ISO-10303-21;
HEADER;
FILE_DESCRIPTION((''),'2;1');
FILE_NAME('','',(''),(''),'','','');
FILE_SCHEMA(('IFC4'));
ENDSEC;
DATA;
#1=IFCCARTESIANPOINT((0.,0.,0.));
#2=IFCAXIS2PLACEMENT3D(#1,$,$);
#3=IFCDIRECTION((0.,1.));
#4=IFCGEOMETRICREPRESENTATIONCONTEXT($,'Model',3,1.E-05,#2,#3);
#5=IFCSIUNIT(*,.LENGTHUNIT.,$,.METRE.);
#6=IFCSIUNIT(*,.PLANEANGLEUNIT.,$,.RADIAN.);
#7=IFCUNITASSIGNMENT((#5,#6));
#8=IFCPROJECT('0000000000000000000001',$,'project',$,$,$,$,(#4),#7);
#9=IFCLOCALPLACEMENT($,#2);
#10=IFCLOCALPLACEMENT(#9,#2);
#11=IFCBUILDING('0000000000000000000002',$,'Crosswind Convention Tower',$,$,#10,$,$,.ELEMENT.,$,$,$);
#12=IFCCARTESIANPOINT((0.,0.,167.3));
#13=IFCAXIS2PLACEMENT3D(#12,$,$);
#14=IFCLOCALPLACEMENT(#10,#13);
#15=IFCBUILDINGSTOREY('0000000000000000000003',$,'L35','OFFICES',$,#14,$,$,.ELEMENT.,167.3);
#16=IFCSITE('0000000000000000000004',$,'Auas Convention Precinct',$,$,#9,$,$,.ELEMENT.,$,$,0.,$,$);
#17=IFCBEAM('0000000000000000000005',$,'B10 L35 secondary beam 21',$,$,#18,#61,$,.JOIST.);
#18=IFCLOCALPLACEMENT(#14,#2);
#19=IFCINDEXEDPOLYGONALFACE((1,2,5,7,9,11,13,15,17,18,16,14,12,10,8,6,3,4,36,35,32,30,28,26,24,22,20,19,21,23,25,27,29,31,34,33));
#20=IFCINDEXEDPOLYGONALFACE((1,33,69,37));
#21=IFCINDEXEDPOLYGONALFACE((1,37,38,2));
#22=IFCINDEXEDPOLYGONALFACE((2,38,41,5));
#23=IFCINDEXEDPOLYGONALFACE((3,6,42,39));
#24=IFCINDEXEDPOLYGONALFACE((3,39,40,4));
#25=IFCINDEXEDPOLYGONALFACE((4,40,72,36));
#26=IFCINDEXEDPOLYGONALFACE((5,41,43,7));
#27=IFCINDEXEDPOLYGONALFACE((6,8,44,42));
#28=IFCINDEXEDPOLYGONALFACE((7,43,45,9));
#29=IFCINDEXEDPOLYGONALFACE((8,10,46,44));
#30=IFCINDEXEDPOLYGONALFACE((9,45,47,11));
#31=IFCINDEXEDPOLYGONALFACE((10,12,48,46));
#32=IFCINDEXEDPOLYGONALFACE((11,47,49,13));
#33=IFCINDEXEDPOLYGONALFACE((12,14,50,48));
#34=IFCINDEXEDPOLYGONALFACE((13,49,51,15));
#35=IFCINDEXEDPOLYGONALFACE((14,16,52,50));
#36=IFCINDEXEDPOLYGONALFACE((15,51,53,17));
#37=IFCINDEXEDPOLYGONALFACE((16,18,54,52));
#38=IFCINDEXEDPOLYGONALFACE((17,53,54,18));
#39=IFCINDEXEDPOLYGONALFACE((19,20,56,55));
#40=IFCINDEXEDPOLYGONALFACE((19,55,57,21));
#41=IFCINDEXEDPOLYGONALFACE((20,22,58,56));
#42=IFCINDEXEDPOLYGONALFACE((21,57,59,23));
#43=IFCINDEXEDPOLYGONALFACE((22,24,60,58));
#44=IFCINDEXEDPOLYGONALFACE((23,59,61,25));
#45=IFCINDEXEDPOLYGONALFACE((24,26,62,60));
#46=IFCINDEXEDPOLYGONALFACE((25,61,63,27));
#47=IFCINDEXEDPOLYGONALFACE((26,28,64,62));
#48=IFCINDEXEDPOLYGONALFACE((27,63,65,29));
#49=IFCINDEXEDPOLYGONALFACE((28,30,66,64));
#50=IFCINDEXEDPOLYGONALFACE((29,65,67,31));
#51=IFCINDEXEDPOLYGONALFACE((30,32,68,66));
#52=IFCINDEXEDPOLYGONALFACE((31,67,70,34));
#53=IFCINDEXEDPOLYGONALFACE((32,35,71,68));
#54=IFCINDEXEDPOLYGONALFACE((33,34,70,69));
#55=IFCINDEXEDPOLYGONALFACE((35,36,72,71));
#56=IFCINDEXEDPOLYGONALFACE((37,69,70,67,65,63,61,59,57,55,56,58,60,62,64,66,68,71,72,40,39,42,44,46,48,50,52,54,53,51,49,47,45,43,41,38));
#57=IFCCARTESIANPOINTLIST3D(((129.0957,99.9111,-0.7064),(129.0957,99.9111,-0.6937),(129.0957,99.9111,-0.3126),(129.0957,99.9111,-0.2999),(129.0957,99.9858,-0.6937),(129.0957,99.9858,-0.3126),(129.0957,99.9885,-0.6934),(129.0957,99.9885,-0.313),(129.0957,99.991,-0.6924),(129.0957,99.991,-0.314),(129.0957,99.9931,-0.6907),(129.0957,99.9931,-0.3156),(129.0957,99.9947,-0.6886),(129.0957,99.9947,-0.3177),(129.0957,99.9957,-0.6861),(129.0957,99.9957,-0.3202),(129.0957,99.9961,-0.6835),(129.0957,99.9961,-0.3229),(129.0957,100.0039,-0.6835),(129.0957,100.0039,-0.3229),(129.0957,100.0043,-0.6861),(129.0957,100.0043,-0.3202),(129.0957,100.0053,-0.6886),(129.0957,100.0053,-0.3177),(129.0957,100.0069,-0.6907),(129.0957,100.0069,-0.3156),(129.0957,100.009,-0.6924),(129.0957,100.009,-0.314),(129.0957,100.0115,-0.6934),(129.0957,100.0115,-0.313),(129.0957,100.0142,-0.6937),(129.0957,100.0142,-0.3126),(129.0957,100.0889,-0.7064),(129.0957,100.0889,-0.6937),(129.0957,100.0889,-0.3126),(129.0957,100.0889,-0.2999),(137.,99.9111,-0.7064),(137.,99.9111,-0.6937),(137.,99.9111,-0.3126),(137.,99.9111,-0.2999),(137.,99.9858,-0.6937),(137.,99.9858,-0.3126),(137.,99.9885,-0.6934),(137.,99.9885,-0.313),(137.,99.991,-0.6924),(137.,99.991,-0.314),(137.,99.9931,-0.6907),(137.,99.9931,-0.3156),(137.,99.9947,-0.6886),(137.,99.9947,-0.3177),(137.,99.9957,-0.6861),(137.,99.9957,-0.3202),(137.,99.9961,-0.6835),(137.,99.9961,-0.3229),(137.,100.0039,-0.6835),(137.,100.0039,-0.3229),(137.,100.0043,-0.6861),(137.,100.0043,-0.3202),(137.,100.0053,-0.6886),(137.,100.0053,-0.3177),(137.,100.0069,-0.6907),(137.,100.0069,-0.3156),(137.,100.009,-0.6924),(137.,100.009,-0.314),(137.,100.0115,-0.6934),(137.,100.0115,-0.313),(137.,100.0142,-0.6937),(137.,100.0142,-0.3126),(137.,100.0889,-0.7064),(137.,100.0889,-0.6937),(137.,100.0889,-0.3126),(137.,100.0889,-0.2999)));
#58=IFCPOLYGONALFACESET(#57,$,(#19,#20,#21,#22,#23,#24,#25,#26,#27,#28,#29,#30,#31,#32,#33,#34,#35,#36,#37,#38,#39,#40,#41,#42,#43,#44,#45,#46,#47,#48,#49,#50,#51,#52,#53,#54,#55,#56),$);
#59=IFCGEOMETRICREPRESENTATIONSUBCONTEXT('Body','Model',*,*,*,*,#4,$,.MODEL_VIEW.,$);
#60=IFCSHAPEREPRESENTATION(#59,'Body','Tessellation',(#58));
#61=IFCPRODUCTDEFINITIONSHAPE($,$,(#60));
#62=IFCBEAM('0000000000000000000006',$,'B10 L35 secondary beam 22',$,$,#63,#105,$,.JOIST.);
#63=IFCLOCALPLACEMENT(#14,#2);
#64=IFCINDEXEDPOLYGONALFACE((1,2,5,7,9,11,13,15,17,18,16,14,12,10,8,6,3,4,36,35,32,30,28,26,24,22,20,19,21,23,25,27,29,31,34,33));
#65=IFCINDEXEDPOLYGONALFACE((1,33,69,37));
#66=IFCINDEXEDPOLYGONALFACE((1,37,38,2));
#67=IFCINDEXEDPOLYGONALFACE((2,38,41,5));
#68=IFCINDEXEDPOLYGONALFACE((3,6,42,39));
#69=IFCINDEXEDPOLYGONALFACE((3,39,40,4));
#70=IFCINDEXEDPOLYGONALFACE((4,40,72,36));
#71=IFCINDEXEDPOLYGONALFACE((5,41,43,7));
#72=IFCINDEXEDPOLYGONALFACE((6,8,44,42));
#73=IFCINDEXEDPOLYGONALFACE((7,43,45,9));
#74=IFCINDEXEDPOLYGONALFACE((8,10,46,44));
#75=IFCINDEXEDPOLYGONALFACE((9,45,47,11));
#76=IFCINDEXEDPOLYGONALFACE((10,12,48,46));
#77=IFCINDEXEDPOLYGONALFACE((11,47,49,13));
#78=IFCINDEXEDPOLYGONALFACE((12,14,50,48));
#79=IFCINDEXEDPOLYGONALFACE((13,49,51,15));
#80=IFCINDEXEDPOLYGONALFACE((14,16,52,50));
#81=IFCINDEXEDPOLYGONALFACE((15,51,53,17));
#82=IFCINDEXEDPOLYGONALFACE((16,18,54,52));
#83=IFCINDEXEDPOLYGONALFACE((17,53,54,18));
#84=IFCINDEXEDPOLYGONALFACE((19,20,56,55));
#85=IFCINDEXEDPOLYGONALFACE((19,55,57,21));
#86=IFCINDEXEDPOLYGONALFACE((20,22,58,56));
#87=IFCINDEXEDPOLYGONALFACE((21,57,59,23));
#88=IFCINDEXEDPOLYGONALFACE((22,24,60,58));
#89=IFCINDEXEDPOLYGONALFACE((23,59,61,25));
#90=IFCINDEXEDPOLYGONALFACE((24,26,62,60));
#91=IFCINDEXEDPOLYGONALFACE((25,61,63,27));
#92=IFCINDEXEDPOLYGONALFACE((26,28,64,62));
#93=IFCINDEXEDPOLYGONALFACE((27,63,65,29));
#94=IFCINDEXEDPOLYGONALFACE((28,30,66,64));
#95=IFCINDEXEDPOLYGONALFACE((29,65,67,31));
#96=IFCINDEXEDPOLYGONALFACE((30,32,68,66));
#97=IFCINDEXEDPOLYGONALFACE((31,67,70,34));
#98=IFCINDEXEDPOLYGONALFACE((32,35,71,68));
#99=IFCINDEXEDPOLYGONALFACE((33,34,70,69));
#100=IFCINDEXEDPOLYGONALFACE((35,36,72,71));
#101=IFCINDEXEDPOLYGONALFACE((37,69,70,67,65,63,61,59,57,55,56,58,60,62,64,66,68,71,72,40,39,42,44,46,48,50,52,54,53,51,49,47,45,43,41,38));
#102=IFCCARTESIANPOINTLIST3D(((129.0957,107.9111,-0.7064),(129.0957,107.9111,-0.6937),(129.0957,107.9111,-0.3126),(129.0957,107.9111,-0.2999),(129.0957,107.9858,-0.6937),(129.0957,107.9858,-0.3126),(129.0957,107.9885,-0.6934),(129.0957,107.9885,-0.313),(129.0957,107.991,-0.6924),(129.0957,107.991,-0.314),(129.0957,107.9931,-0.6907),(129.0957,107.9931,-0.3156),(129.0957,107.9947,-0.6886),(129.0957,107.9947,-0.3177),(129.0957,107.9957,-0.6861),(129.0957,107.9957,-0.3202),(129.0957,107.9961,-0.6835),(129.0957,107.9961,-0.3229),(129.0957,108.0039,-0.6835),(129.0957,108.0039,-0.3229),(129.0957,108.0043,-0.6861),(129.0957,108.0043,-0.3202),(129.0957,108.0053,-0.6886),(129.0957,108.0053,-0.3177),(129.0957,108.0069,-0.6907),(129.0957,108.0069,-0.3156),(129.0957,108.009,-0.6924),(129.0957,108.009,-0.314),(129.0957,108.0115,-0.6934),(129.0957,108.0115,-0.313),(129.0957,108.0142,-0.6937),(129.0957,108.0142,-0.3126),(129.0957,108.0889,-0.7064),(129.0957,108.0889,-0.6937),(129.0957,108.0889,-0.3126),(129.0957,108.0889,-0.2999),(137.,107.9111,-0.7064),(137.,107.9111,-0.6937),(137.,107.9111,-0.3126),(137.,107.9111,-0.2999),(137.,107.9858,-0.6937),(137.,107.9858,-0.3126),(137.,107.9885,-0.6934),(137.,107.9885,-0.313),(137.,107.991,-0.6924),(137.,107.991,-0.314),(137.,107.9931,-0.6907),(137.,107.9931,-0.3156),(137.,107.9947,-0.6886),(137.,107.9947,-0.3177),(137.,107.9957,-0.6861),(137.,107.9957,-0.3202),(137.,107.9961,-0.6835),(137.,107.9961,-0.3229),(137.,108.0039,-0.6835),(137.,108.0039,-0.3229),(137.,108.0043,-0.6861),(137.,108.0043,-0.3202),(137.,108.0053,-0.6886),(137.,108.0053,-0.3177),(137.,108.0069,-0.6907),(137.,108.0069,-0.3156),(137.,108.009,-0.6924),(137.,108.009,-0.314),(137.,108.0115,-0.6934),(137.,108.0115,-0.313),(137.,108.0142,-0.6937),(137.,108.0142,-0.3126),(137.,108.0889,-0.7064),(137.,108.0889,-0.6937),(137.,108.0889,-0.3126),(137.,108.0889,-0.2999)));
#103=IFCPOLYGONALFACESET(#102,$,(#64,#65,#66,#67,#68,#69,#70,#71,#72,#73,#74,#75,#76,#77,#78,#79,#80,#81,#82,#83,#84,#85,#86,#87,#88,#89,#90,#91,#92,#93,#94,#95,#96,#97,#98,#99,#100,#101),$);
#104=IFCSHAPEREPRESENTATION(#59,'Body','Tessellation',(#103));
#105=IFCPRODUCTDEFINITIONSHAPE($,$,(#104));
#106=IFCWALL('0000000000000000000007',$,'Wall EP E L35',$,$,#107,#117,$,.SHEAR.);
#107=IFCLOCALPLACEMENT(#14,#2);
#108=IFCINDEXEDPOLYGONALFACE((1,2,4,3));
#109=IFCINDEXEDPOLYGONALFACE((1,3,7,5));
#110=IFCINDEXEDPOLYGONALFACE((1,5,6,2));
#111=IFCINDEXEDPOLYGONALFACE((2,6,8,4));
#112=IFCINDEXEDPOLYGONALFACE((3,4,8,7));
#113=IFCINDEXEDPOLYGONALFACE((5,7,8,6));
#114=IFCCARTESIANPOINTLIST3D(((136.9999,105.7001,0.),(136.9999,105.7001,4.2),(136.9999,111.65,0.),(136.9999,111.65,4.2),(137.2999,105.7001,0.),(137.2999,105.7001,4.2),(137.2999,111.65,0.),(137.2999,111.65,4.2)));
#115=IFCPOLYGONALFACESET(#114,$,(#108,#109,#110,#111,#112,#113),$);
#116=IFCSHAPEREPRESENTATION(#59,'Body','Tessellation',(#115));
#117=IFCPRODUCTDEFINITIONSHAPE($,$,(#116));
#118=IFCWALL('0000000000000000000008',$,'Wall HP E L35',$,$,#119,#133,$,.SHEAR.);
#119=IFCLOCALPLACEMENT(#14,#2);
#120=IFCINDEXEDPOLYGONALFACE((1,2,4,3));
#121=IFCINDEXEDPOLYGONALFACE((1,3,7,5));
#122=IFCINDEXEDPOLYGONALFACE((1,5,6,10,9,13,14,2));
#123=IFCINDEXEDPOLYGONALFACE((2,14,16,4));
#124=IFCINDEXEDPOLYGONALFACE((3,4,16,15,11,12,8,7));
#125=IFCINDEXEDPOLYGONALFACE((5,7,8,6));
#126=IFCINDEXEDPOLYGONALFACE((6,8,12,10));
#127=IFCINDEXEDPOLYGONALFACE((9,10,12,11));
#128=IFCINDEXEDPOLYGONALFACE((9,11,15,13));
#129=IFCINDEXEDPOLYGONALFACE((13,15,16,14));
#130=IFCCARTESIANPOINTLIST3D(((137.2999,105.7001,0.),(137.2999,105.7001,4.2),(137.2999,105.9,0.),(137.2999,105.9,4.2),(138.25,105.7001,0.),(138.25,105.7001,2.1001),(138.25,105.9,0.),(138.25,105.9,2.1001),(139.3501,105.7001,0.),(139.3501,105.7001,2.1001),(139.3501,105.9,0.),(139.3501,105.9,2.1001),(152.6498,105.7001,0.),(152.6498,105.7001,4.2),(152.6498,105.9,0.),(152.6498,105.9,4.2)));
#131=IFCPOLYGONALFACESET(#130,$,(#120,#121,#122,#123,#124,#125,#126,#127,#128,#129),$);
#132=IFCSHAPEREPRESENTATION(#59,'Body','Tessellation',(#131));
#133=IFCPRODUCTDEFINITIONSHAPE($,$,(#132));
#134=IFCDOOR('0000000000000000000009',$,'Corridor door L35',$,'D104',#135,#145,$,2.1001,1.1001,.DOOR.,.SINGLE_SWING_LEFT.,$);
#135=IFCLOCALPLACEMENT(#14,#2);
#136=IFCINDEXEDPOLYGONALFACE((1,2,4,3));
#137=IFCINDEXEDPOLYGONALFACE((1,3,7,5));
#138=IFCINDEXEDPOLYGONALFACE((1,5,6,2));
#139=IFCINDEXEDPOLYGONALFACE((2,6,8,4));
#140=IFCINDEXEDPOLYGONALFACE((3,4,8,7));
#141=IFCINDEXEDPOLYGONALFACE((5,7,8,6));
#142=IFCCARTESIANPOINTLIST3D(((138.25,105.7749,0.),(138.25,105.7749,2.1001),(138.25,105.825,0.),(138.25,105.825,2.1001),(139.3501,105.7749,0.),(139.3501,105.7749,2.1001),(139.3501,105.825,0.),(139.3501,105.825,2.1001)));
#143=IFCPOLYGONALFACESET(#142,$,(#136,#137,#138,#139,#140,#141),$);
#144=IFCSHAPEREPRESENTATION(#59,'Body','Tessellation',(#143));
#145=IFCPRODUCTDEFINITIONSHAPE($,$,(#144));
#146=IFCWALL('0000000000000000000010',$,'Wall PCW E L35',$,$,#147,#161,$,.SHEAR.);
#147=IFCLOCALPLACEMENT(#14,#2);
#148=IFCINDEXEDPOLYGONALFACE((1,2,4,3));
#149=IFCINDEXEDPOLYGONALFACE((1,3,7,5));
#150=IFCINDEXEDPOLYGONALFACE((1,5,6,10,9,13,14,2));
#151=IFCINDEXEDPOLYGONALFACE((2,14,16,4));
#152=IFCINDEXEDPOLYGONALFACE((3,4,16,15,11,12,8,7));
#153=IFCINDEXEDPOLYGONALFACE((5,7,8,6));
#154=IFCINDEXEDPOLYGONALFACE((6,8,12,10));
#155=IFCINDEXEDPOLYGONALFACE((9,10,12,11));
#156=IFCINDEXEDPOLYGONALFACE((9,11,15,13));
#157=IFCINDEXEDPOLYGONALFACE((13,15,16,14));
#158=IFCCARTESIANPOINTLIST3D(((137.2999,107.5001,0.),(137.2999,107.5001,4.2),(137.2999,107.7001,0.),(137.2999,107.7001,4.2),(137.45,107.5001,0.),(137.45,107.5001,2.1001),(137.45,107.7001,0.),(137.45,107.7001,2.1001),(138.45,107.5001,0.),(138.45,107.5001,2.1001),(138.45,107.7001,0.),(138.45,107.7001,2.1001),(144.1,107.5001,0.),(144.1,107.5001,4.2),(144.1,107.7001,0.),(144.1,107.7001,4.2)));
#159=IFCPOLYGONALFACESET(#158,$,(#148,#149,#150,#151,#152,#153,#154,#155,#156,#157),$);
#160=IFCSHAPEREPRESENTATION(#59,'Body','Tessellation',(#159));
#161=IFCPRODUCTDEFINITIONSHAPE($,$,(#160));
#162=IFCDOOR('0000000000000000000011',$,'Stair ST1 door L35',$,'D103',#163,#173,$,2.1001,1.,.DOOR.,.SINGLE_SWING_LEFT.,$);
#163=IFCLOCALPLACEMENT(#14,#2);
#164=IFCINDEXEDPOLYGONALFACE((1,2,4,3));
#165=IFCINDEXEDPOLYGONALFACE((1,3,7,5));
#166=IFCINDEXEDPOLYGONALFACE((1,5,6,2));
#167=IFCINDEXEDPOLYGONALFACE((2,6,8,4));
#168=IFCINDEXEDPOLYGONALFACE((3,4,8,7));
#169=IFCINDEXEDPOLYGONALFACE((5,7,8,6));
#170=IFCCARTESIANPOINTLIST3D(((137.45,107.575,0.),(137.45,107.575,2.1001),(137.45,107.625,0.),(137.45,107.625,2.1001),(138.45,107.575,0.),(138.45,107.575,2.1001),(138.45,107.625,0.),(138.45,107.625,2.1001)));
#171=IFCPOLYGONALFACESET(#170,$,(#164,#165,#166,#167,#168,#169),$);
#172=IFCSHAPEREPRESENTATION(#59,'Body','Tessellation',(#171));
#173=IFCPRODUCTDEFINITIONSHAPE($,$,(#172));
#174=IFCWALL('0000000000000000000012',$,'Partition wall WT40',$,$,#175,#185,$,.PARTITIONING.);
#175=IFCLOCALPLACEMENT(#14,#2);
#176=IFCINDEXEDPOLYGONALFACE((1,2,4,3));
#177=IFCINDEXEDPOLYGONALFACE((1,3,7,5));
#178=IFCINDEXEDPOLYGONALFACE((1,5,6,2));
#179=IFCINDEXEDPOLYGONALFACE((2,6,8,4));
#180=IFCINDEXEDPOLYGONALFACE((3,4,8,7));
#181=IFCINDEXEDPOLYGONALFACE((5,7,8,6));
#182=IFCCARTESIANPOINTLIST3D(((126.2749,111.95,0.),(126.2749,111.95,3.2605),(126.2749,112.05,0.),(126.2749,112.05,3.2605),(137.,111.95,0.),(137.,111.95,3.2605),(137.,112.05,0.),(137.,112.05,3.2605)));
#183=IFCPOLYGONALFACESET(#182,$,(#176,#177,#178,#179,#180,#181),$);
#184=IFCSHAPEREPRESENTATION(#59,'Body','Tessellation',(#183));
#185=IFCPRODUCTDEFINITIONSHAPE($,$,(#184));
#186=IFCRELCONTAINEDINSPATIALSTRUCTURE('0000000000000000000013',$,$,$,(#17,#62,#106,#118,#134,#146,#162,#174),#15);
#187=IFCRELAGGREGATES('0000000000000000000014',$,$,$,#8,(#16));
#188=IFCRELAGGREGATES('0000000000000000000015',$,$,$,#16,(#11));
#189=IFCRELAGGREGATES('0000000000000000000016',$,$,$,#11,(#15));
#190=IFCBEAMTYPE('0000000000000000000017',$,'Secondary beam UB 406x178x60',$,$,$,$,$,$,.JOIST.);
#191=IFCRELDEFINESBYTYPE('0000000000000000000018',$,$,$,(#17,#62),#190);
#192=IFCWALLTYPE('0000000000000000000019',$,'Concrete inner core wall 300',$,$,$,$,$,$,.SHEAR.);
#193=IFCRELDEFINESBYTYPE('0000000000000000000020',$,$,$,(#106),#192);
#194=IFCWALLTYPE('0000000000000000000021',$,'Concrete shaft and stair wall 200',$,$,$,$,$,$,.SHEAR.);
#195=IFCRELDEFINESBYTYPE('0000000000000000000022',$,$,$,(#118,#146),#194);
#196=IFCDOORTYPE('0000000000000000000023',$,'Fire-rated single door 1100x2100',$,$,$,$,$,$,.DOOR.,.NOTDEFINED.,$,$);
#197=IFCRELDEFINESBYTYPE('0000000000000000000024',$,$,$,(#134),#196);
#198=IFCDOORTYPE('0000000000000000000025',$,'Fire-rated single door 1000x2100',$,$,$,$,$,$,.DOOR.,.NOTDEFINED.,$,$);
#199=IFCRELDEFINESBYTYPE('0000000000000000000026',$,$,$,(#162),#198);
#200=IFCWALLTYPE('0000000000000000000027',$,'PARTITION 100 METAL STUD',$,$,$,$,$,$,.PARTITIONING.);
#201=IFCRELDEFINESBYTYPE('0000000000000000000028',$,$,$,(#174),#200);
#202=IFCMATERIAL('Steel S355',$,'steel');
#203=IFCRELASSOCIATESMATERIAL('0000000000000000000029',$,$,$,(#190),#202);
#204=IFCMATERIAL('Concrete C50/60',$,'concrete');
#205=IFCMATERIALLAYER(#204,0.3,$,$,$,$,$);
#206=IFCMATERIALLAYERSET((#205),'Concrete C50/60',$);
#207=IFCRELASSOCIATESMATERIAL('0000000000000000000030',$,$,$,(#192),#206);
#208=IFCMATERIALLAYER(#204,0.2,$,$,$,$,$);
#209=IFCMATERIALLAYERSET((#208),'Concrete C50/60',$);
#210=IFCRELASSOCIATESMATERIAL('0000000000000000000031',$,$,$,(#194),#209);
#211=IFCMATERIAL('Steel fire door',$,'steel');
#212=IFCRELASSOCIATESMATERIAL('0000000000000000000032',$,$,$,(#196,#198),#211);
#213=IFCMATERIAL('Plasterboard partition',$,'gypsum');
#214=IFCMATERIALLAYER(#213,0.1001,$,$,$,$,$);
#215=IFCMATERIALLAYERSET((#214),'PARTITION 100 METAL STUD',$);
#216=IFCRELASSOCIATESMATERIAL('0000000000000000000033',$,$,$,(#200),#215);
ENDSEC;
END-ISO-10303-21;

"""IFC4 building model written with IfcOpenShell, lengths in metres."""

from ifc_helpers import new_model, si_unit, direction, frame, frame_2d, origin, origin_2d, place, context, subcontext, project, spatial, rectangle, i_section, extrude, material, layer, layer_set, material_profile, profile_set, type_object, element, fill, save


model = new_model("IFC4")

# Units and contexts
model_context = context("Model", 3, precision=1e-05, world=origin(), true_north=direction((0.0, 1.0)))
body_context = subcontext(model_context, "Body", "Model", "MODEL_VIEW")
ifc_project = project(units=[si_unit("LENGTHUNIT", "METRE"), si_unit("PLANEANGLEUNIT", "RADIAN")], contexts=[model_context])

# Site, building, storey
site_placement = place(None, origin())
site = spatial("IfcSite", under=ifc_project, at=site_placement, Name="Auas Convention Precinct", CompositionType="ELEMENT", RefElevation=0.0)
building_placement = place(site_placement, origin())
building = spatial("IfcBuilding", under=site, at=building_placement, Name="Crosswind Convention Tower", CompositionType="ELEMENT")
storey_placement = place(building_placement, frame((0.0, 0.0, 167.3)))
storey = spatial("IfcBuildingStorey", under=building, at=storey_placement, Name="L35", Description="OFFICES", CompositionType="ELEMENT", Elevation=167.3)

# Beams
ifc_material_1 = material(Name="Steel S355", Category="steel")
ifc_material_profile_1 = material_profile(ifc_material_1, i_section(OverallWidth=0.1777, OverallDepth=0.4065, WebThickness=0.0078, FlangeThickness=0.0127, FilletRadius=0.0103, at=origin_2d()), Name="UB 406x178x60")
ifc_profile_set_1 = profile_set([ifc_material_profile_1], Name="Steel S355")
beam_type_1 = type_object("IfcBeamType", Name="Secondary beam UB 406x178x60", PredefinedType="JOIST", material=ifc_profile_set_1)
for number, where, z_axis, x_axis, name in (
    (1, (129.0957, 100.0, -0.5032), (1.0, 0.0, 0.0), (0.0, 1.0, 0.0), "B10 L35 secondary beam 21"),
    (2, (129.0957, 108.0, -0.5032), (1.0, 0.0, 0.0), (0.0, 1.0, 0.0), "B10 L35 secondary beam 22"),
):
    element("IfcBeam", number, at=place(storey_placement, frame(where, z_axis=z_axis, x_axis=x_axis)), inside=storey, type_object=beam_type_1, Name=name, PredefinedType="JOIST", context=body_context, shape_type="SweptSolid", body=[
        extrude(i_section(OverallWidth=0.1777, OverallDepth=0.4065, WebThickness=0.0078, FlangeThickness=0.0127, FilletRadius=0.0103, at=origin_2d()), origin(), (0.0, 0.0, 1.0), 7.9043),
    ])

# Wall
ifc_material_2 = material(Name="Concrete C50/60", Category="concrete")
ifc_layer_1 = layer(ifc_material_2, 0.3)
ifc_layer_set_1 = layer_set([ifc_layer_1], Name="Concrete C50/60")
wall_type_1 = type_object("IfcWallType", Name="Concrete inner core wall 300", PredefinedType="SHEAR", material=ifc_layer_set_1)
wall_1_placement = place(storey_placement, frame((137.1499, 105.7, 0.0), z_axis=(0.0, 0.0, 1.0), x_axis=(0.0, 1.0, 0.0)))
element("IfcWall", 3, at=wall_1_placement, inside=storey, type_object=wall_type_1, Name="Wall EP E L35", PredefinedType="SHEAR", context=body_context, shape_type="SweptSolid", body=[
    extrude(rectangle(XDim=5.95, YDim=0.3, at=frame_2d((2.9751, 0.0))), origin(), (0.0, 0.0, 1.0), 4.2),
])

# Walls, openings, doors
ifc_layer_2 = layer(ifc_material_2, 0.2)
ifc_layer_set_2 = layer_set([ifc_layer_2], Name="Concrete C50/60")
wall_type_2 = type_object("IfcWallType", Name="Concrete shaft and stair wall 200", PredefinedType="SHEAR", material=ifc_layer_set_2)
wall_2_placement = place(storey_placement, frame((137.3, 105.8, 0.0), z_axis=(0.0, 0.0, 1.0), x_axis=(1.0, 0.0, 0.0)))
wall_2 = element("IfcWall", 4, at=wall_2_placement, inside=storey, type_object=wall_type_2, Name="Wall HP E L35", PredefinedType="SHEAR", context=body_context, shape_type="SweptSolid", body=[
    extrude(rectangle(XDim=15.3499, YDim=0.2, at=frame_2d((7.6748, 0.0))), origin(), (0.0, 0.0, 1.0), 4.2),
])
opening_1_placement = place(wall_2_placement, frame((0.95, 0.0, 0.0)))
opening_1 = element("IfcOpeningElement", 5, at=opening_1_placement, cuts=wall_2, PredefinedType="OPENING", context=body_context, shape_type="SweptSolid", body=[
    extrude(rectangle(XDim=1.1001, YDim=2.1001, at=frame_2d((0.55, 1.05))), frame((0.0, 0.1099, 0.0), z_axis=(0.0, -1.0, 0.0), x_axis=(1.0, 0.0, 0.0)), (0.0, 0.0, 1.0), 0.22),
])
ifc_material_3 = material(Name="Steel fire door", Category="steel")
door_type_1 = type_object("IfcDoorType", Name="Fire-rated single door 1100x2100", OperationType="NOTDEFINED", PredefinedType="DOOR", material=ifc_material_3)
door_1_placement = place(opening_1_placement, origin())
door_1 = element("IfcDoor", 6, at=door_1_placement, inside=storey, type_object=door_type_1, Name="Corridor door L35", ObjectType="D104", OperationType="SINGLE_SWING_LEFT", OverallHeight=2.1001, OverallWidth=1.1001, PredefinedType="DOOR", context=body_context, shape_type="SweptSolid", body=[
    extrude(rectangle(XDim=1.1001, YDim=2.1001, at=frame_2d((0.55, 1.05))), frame((0.0, 0.0249, 0.0), z_axis=(0.0, -1.0, 0.0), x_axis=(1.0, 0.0, 0.0)), (0.0, 0.0, 1.0), 0.05),
])
fill(opening_1, door_1)
wall_3_placement = place(storey_placement, frame((137.3, 107.6001, 0.0), z_axis=(0.0, 0.0, 1.0), x_axis=(1.0, 0.0, 0.0)))
wall_3 = element("IfcWall", 7, at=wall_3_placement, inside=storey, type_object=wall_type_2, Name="Wall PCW E L35", PredefinedType="SHEAR", context=body_context, shape_type="SweptSolid", body=[
    extrude(rectangle(XDim=6.8, YDim=0.2, at=frame_2d((3.3999, 0.0))), origin(), (0.0, 0.0, 1.0), 4.2),
])
opening_2_placement = place(wall_3_placement, frame((0.1499, 0.0, 0.0)))
opening_2 = element("IfcOpeningElement", 8, at=opening_2_placement, cuts=wall_3, PredefinedType="OPENING", context=body_context, shape_type="SweptSolid", body=[
    extrude(rectangle(XDim=1.0, YDim=2.1001, at=frame_2d((0.5, 1.05))), frame((0.0, 0.1099, 0.0), z_axis=(0.0, -1.0, 0.0), x_axis=(1.0, 0.0, 0.0)), (0.0, 0.0, 1.0), 0.22),
])
door_type_2 = type_object("IfcDoorType", Name="Fire-rated single door 1000x2100", OperationType="NOTDEFINED", PredefinedType="DOOR", material=ifc_material_3)
door_2_placement = place(opening_2_placement, origin())
door_2 = element("IfcDoor", 9, at=door_2_placement, inside=storey, type_object=door_type_2, Name="Stair ST1 door L35", ObjectType="D103", OperationType="SINGLE_SWING_LEFT", OverallHeight=2.1001, OverallWidth=1.0, PredefinedType="DOOR", context=body_context, shape_type="SweptSolid", body=[
    extrude(rectangle(XDim=1.0, YDim=2.1001, at=frame_2d((0.5, 1.05))), frame((0.0, 0.0249, 0.0), z_axis=(0.0, -1.0, 0.0), x_axis=(1.0, 0.0, 0.0)), (0.0, 0.0, 1.0), 0.05),
])
fill(opening_2, door_2)

# Wall
ifc_material_4 = material(Name="Plasterboard partition", Category="gypsum")
ifc_layer_3 = layer(ifc_material_4, 0.1001)
ifc_layer_set_3 = layer_set([ifc_layer_3], Name="PARTITION 100 METAL STUD")
wall_type_3 = type_object("IfcWallType", Name="PARTITION 100 METAL STUD", PredefinedType="PARTITIONING", material=ifc_layer_set_3)
wall_4_placement = place(storey_placement, frame((126.2749, 112.0, 0.0), z_axis=(0.0, 0.0, 1.0), x_axis=(1.0, 0.0, 0.0)))
element("IfcWall", 10, at=wall_4_placement, inside=storey, type_object=wall_type_3, Name="Partition wall WT40", PredefinedType="PARTITIONING", context=body_context, shape_type="SweptSolid", body=[
    extrude(rectangle(XDim=10.7251, YDim=0.1001, at=frame_2d((5.3625, 0.0))), origin(), (0.0, 0.0, 1.0), 3.2605),
])

save(model, "model.ifc")
